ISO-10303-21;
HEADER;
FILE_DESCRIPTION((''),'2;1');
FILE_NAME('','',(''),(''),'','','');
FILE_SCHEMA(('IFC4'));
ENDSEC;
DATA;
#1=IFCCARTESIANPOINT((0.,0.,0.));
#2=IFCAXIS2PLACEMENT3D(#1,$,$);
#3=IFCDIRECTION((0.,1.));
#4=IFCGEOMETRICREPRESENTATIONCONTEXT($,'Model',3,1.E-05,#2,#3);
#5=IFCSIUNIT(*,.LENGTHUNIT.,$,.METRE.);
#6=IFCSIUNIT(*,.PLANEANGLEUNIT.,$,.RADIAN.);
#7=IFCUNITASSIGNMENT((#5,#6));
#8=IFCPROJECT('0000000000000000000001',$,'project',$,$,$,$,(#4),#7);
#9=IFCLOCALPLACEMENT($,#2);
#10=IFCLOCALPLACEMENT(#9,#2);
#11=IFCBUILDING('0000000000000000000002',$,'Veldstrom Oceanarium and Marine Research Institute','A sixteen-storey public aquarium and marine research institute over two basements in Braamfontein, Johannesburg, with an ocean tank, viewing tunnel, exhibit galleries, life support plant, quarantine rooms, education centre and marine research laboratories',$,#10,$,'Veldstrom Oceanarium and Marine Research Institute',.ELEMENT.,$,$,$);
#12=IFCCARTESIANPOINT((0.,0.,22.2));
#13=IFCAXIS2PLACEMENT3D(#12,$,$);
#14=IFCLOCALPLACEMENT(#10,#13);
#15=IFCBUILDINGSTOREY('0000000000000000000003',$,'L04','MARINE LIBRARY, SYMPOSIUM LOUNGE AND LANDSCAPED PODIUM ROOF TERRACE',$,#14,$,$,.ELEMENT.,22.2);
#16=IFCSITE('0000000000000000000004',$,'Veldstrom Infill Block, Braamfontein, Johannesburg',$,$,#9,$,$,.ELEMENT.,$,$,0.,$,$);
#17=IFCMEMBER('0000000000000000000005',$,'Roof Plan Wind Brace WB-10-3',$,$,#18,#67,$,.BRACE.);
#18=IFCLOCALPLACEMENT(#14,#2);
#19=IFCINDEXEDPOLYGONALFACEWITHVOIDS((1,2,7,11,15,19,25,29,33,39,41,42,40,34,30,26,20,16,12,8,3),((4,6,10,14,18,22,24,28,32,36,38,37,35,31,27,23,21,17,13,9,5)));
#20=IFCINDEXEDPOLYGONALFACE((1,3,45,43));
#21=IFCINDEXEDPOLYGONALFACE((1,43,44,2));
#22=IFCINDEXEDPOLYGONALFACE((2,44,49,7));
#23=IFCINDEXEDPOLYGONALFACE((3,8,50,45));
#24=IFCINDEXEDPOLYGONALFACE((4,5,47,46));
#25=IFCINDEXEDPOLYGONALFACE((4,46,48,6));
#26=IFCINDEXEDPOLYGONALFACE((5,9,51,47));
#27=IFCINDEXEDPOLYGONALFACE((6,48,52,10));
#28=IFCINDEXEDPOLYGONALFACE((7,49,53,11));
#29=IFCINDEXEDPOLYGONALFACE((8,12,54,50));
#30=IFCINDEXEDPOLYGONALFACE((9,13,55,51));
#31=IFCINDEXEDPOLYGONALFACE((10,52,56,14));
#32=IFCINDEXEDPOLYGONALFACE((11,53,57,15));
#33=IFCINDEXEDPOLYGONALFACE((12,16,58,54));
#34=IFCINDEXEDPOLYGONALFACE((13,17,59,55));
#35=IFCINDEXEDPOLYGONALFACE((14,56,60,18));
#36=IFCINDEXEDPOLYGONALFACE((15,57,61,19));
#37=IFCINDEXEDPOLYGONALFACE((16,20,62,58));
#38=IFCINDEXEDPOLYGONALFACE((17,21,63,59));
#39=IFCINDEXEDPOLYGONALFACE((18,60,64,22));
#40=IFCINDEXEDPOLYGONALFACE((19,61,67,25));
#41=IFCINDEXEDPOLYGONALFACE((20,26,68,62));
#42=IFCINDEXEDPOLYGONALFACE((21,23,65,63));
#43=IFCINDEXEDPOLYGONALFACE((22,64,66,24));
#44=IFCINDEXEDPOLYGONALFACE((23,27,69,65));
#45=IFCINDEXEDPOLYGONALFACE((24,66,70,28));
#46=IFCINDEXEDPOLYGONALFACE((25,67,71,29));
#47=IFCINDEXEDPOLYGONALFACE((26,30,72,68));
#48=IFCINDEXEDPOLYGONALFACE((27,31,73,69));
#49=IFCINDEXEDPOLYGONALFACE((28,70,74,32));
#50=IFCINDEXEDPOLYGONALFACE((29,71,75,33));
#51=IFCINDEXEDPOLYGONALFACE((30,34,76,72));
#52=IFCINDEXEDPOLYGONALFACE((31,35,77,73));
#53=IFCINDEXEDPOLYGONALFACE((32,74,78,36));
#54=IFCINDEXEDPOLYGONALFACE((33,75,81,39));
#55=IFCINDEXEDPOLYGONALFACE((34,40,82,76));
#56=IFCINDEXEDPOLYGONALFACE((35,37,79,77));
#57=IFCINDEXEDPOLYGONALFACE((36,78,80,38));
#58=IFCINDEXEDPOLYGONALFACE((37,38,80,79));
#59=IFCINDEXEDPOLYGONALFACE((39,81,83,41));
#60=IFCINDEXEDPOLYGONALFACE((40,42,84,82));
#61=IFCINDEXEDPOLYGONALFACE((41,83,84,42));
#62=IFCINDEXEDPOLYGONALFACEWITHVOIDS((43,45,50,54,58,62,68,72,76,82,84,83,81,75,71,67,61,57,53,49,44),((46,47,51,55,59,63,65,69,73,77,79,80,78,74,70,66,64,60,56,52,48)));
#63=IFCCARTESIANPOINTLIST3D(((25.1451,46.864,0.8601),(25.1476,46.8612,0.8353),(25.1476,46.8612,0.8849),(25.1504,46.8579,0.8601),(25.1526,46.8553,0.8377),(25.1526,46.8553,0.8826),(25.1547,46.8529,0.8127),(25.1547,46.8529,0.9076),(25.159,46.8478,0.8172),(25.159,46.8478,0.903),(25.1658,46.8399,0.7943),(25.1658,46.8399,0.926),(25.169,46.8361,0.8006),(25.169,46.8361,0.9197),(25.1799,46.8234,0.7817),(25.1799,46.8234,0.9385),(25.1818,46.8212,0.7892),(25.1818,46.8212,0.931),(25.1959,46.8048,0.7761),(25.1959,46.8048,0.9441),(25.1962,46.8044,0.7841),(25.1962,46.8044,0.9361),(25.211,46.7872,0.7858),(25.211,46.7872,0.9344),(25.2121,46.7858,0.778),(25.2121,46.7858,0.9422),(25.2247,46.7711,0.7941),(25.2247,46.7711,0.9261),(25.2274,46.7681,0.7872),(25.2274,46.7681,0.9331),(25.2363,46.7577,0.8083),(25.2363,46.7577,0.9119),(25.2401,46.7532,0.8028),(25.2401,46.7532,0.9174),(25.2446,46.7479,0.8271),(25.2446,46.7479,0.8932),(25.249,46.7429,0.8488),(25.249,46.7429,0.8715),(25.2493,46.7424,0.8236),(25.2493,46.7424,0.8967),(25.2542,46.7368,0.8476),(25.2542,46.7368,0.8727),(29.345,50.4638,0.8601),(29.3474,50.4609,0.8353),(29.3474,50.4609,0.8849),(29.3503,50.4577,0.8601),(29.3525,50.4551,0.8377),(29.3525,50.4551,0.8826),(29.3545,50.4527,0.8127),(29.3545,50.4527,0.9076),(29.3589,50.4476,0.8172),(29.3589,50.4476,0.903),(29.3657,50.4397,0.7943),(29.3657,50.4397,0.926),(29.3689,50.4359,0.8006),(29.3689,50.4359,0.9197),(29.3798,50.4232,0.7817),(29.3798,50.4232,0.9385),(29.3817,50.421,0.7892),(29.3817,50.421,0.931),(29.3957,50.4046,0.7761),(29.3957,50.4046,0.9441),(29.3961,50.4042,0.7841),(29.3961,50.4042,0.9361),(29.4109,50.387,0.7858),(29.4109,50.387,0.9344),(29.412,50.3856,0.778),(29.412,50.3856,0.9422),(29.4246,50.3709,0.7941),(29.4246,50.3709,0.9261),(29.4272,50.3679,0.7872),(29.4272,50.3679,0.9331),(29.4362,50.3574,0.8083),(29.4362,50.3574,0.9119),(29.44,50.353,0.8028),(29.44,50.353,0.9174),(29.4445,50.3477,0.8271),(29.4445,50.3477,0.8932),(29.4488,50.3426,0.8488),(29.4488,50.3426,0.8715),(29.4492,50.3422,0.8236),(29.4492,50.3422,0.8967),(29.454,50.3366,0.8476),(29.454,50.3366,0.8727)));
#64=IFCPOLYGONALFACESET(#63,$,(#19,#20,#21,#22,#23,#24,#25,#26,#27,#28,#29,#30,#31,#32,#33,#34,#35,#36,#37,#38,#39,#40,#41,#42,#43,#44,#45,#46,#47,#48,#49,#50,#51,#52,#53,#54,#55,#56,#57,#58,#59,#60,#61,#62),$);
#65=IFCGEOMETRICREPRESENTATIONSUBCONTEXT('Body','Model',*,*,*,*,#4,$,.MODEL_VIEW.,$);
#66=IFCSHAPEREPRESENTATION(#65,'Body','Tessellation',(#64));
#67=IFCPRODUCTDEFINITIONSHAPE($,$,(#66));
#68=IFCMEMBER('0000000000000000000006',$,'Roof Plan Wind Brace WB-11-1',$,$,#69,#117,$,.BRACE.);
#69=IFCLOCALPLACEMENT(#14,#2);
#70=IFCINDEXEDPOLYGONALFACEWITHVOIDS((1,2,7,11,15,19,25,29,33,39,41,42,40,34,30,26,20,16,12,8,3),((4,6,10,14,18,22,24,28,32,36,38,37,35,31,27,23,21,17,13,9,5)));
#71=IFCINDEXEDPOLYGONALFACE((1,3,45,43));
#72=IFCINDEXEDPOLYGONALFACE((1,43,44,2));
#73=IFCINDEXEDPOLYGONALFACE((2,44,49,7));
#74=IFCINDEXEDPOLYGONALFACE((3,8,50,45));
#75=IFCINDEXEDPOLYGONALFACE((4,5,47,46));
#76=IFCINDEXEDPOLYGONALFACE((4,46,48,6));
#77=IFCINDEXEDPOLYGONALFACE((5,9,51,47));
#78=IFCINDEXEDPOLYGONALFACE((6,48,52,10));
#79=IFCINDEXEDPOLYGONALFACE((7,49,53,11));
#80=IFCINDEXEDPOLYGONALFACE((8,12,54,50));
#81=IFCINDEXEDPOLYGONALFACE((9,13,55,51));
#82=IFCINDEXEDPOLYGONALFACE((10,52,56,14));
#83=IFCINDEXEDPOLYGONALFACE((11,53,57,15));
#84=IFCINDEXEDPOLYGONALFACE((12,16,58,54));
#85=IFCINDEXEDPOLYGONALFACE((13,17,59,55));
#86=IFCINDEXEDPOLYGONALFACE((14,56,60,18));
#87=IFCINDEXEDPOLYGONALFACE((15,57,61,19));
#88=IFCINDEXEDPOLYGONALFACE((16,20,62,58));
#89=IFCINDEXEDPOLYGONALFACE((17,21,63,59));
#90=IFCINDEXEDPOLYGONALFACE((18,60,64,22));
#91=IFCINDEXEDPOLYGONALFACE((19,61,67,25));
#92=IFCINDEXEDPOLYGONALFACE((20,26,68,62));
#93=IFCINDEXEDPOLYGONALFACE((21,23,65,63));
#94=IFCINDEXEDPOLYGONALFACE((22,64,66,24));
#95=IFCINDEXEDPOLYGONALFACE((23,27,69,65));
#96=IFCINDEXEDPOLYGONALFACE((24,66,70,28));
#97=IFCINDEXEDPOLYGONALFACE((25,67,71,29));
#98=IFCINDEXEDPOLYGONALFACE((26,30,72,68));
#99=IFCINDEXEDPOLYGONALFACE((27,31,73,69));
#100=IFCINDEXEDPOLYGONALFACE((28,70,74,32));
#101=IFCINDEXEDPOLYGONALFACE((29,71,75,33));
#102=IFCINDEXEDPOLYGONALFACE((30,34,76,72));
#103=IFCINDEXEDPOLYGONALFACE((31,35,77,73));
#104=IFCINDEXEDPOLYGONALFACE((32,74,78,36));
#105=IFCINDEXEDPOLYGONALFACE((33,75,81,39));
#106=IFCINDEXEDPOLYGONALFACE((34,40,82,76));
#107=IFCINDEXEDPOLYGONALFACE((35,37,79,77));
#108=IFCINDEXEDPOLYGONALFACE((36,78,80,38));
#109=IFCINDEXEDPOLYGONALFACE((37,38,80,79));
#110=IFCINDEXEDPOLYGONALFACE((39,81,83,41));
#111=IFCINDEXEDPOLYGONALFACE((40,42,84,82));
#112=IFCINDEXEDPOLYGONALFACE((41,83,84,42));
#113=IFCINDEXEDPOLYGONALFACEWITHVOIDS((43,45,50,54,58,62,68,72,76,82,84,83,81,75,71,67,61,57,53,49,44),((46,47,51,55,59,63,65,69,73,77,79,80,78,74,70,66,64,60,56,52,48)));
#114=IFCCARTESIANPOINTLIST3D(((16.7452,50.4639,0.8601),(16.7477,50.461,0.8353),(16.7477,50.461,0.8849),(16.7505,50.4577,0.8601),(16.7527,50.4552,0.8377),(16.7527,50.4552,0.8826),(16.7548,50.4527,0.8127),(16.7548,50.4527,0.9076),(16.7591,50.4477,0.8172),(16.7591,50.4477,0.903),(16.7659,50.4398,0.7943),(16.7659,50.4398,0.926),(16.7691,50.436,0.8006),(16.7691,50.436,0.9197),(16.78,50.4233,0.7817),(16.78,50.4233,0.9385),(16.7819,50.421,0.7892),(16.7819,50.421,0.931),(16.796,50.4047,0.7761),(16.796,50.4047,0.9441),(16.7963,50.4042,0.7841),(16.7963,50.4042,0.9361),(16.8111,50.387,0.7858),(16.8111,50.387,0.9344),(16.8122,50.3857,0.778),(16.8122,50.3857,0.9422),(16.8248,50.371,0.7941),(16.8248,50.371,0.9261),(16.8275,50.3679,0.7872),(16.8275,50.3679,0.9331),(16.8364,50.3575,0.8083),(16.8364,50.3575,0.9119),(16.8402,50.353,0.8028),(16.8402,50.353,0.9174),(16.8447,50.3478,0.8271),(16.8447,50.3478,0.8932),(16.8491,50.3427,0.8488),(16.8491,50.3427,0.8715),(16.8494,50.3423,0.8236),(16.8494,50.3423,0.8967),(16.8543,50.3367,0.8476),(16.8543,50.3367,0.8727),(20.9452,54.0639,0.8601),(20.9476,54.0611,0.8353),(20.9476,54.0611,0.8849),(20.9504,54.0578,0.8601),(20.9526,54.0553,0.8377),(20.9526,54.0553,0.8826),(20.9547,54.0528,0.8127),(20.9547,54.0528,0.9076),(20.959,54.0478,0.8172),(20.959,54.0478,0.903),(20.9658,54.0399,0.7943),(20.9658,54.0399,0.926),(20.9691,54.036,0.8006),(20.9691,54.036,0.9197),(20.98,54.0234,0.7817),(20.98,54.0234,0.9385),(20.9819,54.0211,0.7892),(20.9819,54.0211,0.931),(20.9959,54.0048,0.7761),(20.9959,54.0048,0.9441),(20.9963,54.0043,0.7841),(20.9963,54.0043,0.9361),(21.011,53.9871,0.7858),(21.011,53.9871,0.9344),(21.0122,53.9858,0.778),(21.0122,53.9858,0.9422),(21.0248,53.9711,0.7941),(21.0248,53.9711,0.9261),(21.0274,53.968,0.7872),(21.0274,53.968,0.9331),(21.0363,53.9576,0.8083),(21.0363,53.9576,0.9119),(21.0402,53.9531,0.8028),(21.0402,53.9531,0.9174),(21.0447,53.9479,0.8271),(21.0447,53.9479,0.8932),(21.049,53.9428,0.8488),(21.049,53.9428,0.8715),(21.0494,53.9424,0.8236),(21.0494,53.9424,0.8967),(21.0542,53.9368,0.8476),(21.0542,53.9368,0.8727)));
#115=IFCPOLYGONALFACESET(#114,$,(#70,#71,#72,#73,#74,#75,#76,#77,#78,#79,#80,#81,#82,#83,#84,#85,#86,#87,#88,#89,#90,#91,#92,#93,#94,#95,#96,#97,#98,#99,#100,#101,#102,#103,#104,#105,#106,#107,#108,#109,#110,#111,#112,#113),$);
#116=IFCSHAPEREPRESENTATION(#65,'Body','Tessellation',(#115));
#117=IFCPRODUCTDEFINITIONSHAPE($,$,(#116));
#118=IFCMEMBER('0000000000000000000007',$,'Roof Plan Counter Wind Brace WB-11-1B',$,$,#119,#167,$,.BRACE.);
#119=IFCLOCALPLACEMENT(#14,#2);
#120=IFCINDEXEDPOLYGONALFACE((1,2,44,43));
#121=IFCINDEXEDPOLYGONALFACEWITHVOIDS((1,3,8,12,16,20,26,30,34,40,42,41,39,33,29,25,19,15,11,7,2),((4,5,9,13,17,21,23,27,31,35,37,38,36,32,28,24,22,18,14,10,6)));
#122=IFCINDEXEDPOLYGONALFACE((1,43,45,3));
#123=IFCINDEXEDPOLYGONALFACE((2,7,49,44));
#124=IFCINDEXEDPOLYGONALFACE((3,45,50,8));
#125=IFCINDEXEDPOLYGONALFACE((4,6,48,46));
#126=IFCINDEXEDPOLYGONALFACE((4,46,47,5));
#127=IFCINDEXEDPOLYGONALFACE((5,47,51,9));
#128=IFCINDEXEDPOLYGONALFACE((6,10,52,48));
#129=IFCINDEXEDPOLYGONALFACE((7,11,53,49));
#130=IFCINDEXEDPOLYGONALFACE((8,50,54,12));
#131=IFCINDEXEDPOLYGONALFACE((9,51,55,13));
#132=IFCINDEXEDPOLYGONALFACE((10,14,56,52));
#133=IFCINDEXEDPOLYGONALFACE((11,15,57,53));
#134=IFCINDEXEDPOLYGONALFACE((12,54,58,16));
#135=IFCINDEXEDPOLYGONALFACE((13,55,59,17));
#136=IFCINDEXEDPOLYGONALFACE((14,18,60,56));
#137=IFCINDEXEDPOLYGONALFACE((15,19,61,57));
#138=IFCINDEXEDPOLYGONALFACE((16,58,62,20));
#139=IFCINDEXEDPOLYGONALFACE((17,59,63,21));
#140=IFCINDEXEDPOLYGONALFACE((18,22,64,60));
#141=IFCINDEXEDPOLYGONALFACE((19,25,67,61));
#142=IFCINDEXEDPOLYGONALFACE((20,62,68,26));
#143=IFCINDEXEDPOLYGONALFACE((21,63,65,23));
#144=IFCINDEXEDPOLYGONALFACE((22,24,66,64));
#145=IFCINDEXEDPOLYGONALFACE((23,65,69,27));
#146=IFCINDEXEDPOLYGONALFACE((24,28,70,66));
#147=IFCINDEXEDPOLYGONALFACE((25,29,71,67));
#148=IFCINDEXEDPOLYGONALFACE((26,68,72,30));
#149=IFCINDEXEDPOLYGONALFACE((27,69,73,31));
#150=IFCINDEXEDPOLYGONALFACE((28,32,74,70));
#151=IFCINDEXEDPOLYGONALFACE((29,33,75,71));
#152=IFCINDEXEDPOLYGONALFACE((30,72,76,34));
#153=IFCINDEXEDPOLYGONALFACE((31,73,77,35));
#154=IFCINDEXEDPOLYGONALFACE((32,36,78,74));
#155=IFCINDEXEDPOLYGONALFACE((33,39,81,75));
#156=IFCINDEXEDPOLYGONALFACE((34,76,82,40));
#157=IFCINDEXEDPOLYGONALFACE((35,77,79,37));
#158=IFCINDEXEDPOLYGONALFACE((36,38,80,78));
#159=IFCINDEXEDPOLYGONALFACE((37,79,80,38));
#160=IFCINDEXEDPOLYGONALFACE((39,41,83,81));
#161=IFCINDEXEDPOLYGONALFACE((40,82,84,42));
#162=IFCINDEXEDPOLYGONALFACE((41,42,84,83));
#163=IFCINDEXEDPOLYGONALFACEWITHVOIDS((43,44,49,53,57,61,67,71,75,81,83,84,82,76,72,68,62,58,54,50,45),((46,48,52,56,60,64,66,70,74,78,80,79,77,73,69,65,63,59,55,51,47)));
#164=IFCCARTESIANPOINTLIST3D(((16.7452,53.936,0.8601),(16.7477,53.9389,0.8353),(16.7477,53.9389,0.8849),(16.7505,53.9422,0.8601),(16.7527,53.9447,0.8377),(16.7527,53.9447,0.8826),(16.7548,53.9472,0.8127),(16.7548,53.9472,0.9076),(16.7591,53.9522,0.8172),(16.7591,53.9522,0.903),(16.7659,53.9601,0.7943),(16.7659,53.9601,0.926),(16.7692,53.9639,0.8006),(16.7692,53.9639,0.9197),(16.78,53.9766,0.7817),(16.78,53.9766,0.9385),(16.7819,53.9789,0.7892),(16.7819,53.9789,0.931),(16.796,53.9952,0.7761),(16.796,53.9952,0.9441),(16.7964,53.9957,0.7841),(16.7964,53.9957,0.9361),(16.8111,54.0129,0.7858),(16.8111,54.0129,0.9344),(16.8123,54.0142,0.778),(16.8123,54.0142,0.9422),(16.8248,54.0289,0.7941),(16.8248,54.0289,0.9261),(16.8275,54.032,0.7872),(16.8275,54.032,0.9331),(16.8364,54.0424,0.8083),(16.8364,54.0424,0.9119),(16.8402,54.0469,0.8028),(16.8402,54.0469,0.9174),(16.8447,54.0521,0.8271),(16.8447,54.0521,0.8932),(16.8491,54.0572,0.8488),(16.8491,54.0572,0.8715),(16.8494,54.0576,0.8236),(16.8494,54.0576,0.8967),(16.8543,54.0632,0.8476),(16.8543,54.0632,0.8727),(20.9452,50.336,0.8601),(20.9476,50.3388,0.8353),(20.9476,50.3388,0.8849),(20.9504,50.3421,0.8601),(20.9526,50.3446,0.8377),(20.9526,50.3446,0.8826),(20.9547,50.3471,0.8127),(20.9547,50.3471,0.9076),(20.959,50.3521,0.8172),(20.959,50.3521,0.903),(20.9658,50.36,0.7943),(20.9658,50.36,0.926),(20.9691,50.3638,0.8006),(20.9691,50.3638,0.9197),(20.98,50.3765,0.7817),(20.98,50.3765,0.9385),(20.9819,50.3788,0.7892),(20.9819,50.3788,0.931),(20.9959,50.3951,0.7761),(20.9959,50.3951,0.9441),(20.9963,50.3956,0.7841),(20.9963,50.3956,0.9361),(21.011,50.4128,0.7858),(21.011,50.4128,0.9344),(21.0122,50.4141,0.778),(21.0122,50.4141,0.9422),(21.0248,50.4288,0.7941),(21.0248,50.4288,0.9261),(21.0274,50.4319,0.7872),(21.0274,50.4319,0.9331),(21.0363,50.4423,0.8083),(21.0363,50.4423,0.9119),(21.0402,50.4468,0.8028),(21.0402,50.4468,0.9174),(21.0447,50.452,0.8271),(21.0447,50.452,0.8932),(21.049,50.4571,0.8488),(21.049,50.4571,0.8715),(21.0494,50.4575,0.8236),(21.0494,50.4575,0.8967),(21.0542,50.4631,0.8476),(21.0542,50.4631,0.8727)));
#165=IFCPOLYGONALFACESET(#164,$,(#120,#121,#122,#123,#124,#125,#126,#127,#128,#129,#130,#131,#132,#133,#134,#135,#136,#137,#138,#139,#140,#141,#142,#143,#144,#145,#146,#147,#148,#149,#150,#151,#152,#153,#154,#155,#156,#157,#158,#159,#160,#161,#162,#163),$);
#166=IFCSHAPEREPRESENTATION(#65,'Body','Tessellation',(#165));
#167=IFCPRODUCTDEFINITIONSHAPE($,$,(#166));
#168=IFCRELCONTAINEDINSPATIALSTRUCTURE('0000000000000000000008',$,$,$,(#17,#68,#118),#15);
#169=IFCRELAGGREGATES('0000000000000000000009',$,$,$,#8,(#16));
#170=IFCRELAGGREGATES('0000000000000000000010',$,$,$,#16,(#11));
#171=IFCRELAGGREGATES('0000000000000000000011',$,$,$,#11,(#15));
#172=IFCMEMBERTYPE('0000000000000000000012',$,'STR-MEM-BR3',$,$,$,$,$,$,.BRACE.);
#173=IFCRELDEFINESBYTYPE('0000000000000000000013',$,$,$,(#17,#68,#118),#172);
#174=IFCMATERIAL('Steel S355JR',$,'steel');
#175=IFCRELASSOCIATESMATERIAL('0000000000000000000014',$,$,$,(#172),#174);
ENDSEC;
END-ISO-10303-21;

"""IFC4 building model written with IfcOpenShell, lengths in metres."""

from ifc_helpers import new_model, si_unit, direction, frame, origin, origin_2d, place, context, subcontext, project, spatial, hollow_circle, extrude, material, material_profile, profile_set, type_object, element, save


model = new_model("IFC4")

# Units and contexts
model_context = context("Model", 3, precision=1e-05, world=origin(), true_north=direction((0.0, 1.0)))
body_context = subcontext(model_context, "Body", "Model", "MODEL_VIEW")
ifc_project = project(units=[si_unit("LENGTHUNIT", "METRE"), si_unit("PLANEANGLEUNIT", "RADIAN")], contexts=[model_context])

# Site, building, storey
site_placement = place(None, origin())
site = spatial("IfcSite", under=ifc_project, at=site_placement, Name="Veldstrom Infill Block, Braamfontein, Johannesburg", CompositionType="ELEMENT", RefElevation=0.0)
building_placement = place(site_placement, origin())
building = spatial("IfcBuilding", under=site, at=building_placement, Name="Veldstrom Oceanarium and Marine Research Institute", Description="A sixteen-storey public aquarium and marine research institute over two basements in Braamfontein, Johannesburg, with an ocean tank, viewing tunnel, exhibit galleries, life support plant, quarantine rooms, education centre and marine research laboratories", LongName="Veldstrom Oceanarium and Marine Research Institute", CompositionType="ELEMENT")
storey_placement = place(building_placement, frame((0.0, 0.0, 22.2)))
storey = spatial("IfcBuildingStorey", under=building, at=storey_placement, Name="L04", Description="MARINE LIBRARY, SYMPOSIUM LOUNGE AND LANDSCAPED PODIUM ROOF TERRACE", CompositionType="ELEMENT", Elevation=22.2)

# Members
ifc_material_1 = material(Name="Steel S355JR", Category="steel")
ifc_material_profile_1 = material_profile(ifc_material_1, hollow_circle(Radius=0.0842, WallThickness=0.0081, at=origin_2d()), Name="CHS 168.3x8")
ifc_profile_set_1 = profile_set([ifc_material_profile_1], Name="Steel S355JR")
member_type_1 = type_object("IfcMemberType", Name="STR-MEM-BR3", PredefinedType="BRACE", material=ifc_profile_set_1)
for number, where, z_axis, x_axis, name in (
    (1, (25.2, 46.8, 0.8601), (0.759266, 0.65078, 0.0), (-0.65078, 0.759266, 0.0), "Roof Plan Wind Brace WB-10-3"),
):
    element("IfcMember", number, at=place(storey_placement, frame(where, z_axis=z_axis, x_axis=x_axis)), inside=storey, type_object=member_type_1, Name=name, PredefinedType="BRACE", context=body_context, shape_type="SweptSolid", body=[
        extrude(hollow_circle(Radius=0.0842, WallThickness=0.0081, at=origin_2d()), origin(), (0.0, 0.0, 1.0), 5.5315),
    ])
for number, where, z_axis, x_axis, name in (
    (2, (16.8, 50.3999, 0.8601), (0.759244, 0.650806, 0.0), (-0.650806, 0.759244, 0.0), "Roof Plan Wind Brace WB-11-1"),
    (3, (21.0, 50.3999, 0.8601), (-0.759244, 0.650806, 0.0), (-0.650806, -0.759244, 0.0), "Roof Plan Counter Wind Brace WB-11-1B"),
):
    element("IfcMember", number, at=place(storey_placement, frame(where, z_axis=z_axis, x_axis=x_axis)), inside=storey, type_object=member_type_1, Name=name, PredefinedType="BRACE", context=body_context, shape_type="SweptSolid", body=[
        extrude(hollow_circle(Radius=0.0842, WallThickness=0.0081, at=origin_2d()), origin(), (0.0, 0.0, 1.0), 5.5317),
    ])

save(model, "model.ifc")
